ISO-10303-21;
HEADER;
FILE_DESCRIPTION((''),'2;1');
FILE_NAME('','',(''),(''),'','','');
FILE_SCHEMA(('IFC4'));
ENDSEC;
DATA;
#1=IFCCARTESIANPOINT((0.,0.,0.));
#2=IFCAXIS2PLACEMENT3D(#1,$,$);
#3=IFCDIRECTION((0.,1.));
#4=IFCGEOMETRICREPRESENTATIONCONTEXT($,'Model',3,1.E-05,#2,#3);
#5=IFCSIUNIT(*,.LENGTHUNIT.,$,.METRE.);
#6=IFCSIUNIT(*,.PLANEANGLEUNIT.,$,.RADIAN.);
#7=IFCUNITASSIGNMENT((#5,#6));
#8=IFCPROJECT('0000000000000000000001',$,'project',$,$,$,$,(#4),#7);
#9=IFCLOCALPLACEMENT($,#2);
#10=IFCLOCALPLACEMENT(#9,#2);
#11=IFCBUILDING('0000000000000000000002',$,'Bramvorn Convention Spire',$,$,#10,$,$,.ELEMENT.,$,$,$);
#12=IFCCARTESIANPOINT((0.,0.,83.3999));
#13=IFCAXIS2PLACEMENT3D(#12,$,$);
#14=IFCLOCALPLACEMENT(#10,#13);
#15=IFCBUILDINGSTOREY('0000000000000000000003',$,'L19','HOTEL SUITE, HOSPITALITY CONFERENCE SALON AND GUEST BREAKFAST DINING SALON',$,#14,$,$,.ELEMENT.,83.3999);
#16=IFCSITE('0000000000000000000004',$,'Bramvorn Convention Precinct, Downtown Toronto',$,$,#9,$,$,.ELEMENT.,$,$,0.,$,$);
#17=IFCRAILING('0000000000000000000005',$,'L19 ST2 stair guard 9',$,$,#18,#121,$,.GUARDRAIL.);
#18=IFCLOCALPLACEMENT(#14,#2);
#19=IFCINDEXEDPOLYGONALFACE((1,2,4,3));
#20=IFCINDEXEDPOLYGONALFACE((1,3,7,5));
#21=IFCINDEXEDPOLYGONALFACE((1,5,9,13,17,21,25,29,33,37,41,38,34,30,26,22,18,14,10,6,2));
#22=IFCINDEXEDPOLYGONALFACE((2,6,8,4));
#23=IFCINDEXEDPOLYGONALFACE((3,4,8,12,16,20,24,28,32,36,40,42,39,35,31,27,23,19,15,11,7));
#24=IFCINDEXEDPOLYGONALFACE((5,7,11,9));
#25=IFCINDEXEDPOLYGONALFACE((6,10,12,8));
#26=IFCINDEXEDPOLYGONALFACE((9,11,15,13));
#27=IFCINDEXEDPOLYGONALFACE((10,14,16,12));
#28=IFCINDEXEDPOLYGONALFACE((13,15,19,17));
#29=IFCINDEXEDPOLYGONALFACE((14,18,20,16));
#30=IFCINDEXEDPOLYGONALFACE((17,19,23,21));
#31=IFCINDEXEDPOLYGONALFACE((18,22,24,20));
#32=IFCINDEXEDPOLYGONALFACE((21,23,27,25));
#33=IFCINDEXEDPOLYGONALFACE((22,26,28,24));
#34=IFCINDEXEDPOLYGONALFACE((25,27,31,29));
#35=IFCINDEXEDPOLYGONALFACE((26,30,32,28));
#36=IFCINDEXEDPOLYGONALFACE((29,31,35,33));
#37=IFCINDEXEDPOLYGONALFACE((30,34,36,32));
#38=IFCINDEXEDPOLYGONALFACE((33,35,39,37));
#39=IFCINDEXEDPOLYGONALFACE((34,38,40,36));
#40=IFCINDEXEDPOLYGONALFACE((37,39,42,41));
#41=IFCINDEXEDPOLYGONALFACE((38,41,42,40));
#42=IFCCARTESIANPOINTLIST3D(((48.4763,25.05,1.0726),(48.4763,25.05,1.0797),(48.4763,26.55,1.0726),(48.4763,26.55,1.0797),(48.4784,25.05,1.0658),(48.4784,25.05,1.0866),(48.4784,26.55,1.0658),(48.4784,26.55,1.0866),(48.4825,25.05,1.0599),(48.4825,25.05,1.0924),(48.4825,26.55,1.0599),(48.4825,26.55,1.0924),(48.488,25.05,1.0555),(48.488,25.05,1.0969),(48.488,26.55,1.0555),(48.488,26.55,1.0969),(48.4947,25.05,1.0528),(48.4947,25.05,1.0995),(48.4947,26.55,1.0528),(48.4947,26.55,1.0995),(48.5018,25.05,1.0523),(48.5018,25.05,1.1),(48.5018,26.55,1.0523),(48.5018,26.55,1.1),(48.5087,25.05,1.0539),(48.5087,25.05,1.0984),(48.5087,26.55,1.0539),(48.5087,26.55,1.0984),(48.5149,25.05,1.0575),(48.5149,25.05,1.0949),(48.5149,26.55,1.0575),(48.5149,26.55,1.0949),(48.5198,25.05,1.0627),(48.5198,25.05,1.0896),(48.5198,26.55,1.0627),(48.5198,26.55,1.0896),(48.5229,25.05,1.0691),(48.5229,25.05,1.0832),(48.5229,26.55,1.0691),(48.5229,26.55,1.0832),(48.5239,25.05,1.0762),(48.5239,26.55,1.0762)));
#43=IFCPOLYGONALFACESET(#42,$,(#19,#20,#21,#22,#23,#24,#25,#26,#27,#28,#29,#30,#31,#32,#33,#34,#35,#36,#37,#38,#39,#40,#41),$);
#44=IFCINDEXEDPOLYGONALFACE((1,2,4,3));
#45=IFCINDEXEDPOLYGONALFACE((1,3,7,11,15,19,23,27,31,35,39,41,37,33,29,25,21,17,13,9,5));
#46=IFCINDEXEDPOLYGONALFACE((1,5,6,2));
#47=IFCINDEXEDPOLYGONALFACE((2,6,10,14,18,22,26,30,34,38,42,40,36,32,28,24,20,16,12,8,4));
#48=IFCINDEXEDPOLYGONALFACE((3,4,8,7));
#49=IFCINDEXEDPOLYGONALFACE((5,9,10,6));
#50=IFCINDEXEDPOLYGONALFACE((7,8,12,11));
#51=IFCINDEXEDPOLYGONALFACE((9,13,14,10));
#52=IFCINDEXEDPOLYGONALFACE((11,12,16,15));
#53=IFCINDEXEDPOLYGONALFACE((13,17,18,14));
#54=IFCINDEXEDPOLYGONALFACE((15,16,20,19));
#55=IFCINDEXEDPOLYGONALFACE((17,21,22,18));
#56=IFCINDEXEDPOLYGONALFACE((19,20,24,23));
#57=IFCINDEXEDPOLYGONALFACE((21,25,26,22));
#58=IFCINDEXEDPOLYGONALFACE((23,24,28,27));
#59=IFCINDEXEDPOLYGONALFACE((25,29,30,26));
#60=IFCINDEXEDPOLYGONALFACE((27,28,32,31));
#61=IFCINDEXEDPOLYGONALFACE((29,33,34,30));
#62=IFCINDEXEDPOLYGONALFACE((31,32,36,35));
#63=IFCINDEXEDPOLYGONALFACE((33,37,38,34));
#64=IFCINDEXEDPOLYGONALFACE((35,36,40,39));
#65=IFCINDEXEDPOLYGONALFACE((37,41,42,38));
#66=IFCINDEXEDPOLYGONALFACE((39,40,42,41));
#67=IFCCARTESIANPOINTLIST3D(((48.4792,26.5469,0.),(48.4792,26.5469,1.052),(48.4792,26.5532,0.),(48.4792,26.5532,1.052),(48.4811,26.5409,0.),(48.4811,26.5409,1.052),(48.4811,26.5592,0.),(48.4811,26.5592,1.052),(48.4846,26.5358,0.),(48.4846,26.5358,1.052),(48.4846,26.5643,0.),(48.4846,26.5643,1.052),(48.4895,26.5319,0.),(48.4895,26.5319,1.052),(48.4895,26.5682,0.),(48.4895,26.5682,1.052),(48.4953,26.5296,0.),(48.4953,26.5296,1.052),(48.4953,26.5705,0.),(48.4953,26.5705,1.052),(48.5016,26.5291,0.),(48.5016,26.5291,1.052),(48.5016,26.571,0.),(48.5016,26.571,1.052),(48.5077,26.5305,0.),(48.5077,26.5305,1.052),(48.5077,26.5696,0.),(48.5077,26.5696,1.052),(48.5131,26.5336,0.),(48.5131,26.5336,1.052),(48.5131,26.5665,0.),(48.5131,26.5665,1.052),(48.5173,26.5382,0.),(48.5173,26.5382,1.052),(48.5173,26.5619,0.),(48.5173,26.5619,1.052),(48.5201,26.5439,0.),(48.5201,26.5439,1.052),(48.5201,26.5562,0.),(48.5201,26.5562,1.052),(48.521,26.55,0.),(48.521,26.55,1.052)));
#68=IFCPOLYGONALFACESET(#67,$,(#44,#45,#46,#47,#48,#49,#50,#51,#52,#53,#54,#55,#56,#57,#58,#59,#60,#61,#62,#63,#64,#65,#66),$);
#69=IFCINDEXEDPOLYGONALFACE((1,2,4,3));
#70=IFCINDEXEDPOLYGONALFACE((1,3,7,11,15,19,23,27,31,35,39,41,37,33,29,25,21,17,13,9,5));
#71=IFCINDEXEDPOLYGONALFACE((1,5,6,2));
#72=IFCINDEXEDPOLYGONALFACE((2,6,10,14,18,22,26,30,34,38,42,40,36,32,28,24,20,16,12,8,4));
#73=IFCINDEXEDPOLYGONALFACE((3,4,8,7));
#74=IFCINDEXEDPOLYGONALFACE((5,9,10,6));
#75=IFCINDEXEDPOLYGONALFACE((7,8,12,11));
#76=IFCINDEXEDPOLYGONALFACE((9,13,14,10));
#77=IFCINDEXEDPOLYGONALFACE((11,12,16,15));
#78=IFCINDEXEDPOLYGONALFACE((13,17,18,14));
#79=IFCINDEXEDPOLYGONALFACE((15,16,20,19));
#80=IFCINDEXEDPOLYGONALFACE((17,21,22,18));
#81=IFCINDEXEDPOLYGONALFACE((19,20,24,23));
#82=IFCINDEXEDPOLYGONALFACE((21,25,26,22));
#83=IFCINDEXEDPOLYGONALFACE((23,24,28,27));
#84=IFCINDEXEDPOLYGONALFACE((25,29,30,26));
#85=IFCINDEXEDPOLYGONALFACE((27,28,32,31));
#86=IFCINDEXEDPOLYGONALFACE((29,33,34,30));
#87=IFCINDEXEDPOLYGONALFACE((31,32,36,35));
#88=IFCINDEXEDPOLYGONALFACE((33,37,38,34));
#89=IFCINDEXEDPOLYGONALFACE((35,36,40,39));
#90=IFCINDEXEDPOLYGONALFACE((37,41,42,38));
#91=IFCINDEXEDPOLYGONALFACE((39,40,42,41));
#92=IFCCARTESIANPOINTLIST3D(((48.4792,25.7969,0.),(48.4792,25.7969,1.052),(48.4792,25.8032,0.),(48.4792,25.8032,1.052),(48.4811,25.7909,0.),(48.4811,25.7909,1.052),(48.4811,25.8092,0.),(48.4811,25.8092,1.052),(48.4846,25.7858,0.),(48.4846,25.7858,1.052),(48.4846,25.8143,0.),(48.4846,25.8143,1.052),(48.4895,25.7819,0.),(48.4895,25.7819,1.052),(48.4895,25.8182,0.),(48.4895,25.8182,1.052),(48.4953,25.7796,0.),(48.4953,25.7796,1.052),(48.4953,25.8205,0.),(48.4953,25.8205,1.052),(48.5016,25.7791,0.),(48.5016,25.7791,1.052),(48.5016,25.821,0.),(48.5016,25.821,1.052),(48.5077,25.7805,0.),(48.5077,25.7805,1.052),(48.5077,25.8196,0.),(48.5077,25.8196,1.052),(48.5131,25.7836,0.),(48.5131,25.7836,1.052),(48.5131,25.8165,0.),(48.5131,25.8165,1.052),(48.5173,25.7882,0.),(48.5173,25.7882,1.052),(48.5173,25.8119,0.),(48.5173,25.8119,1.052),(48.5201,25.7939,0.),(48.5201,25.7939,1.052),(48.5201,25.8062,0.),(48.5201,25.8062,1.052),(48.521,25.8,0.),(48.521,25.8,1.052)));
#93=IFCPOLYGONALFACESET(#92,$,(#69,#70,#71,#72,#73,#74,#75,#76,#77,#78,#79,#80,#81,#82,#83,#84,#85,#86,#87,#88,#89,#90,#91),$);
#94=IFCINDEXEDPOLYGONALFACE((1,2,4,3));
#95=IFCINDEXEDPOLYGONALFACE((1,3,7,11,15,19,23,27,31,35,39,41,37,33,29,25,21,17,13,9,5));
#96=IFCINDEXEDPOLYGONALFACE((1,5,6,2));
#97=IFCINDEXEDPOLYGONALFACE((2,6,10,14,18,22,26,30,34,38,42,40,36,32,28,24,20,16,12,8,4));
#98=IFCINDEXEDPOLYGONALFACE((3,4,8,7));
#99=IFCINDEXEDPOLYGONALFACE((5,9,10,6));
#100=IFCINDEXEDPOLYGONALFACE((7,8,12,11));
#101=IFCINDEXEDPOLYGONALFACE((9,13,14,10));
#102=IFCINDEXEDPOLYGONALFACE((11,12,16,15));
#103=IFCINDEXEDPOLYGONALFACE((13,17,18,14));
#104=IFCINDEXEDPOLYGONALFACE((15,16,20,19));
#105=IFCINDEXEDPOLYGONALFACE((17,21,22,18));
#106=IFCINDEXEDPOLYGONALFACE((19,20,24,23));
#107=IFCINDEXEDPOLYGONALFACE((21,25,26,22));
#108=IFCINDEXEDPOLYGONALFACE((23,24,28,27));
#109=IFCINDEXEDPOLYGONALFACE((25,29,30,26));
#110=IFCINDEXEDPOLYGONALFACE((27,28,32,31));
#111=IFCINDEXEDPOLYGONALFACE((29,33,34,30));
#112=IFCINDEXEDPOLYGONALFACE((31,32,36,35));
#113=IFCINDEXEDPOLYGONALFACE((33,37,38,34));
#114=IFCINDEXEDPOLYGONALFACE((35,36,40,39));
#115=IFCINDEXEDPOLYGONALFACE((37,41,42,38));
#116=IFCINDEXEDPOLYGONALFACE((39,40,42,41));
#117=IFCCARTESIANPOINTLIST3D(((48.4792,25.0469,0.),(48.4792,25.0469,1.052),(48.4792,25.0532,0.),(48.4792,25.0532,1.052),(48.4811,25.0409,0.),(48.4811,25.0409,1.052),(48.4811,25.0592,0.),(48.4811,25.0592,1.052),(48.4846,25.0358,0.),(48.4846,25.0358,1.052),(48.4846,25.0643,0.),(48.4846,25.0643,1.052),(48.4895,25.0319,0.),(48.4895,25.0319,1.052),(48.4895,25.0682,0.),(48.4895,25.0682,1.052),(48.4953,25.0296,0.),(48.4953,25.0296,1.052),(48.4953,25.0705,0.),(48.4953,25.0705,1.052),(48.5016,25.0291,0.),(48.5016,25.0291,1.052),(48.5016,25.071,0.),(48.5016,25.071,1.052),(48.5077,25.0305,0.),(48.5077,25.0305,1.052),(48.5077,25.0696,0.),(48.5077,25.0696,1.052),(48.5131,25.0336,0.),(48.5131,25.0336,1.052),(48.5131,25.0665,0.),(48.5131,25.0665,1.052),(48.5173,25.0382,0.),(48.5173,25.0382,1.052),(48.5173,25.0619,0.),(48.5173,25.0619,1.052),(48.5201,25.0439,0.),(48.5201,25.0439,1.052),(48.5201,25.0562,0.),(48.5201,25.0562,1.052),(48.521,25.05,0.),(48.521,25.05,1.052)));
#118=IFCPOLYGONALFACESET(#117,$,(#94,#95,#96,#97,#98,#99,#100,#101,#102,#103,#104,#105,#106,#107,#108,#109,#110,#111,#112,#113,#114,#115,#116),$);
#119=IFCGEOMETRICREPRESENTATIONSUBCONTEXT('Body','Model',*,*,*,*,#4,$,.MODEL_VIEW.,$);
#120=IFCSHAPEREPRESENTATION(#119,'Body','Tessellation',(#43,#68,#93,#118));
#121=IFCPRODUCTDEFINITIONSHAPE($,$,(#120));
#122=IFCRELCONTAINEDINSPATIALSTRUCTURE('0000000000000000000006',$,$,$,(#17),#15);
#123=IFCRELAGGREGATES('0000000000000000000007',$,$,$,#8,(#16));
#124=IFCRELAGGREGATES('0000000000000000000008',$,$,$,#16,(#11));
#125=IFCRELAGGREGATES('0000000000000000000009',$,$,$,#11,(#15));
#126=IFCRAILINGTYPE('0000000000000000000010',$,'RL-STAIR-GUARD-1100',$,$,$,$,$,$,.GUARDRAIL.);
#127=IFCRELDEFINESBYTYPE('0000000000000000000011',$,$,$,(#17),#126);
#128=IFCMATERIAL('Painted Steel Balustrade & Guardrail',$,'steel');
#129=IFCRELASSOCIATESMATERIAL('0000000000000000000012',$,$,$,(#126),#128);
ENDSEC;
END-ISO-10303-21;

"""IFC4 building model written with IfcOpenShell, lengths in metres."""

from ifc_helpers import new_model, si_unit, direction, frame, origin, origin_2d, place, context, subcontext, project, spatial, circle, extrude, material, type_object, element, save


model = new_model("IFC4")

# Units and contexts
model_context = context("Model", 3, precision=1e-05, world=origin(), true_north=direction((0.0, 1.0)))
body_context = subcontext(model_context, "Body", "Model", "MODEL_VIEW")
ifc_project = project(units=[si_unit("LENGTHUNIT", "METRE"), si_unit("PLANEANGLEUNIT", "RADIAN")], contexts=[model_context])

# Site, building, storey
site_placement = place(None, origin())
site = spatial("IfcSite", under=ifc_project, at=site_placement, Name="Bramvorn Convention Precinct, Downtown Toronto", CompositionType="ELEMENT", RefElevation=0.0)
building_placement = place(site_placement, origin())
building = spatial("IfcBuilding", under=site, at=building_placement, Name="Bramvorn Convention Spire", CompositionType="ELEMENT")
storey_placement = place(building_placement, frame((0.0, 0.0, 83.3999)))
storey = spatial("IfcBuildingStorey", under=building, at=storey_placement, Name="L19", Description="HOTEL SUITE, HOSPITALITY CONFERENCE SALON AND GUEST BREAKFAST DINING SALON", CompositionType="ELEMENT", Elevation=83.3999)

# Railing
ifc_material_1 = material(Name="Painted Steel Balustrade & Guardrail", Category="steel")
railing_type = type_object("IfcRailingType", Name="RL-STAIR-GUARD-1100", PredefinedType="GUARDRAIL", material=ifc_material_1)
railing_1_placement = place(storey_placement, frame((48.5, 26.55, 0.0)))
element("IfcRailing", 1, at=railing_1_placement, inside=storey, type_object=railing_type, Name="L19 ST2 stair guard 9", PredefinedType="GUARDRAIL", context=body_context, shape_type="SweptSolid", body=[
    extrude(circle(Radius=0.0239, at=origin_2d()), frame((0.0, 0.0, 1.0762), z_axis=(0.0, -1.0, 0.0), x_axis=(1.0, 0.0, 0.0)), (0.0, 0.0, 1.0), 1.5),
    extrude(circle(Radius=0.021, at=origin_2d()), origin(), (0.0, 0.0, 1.0), 1.052),
    extrude(circle(Radius=0.021, at=origin_2d()), frame((0.0, -0.75, 0.0)), (0.0, 0.0, 1.0), 1.052),
    extrude(circle(Radius=0.021, at=origin_2d()), frame((0.0, -1.5, 0.0)), (0.0, 0.0, 1.0), 1.052),
])

save(model, "model.ifc")
